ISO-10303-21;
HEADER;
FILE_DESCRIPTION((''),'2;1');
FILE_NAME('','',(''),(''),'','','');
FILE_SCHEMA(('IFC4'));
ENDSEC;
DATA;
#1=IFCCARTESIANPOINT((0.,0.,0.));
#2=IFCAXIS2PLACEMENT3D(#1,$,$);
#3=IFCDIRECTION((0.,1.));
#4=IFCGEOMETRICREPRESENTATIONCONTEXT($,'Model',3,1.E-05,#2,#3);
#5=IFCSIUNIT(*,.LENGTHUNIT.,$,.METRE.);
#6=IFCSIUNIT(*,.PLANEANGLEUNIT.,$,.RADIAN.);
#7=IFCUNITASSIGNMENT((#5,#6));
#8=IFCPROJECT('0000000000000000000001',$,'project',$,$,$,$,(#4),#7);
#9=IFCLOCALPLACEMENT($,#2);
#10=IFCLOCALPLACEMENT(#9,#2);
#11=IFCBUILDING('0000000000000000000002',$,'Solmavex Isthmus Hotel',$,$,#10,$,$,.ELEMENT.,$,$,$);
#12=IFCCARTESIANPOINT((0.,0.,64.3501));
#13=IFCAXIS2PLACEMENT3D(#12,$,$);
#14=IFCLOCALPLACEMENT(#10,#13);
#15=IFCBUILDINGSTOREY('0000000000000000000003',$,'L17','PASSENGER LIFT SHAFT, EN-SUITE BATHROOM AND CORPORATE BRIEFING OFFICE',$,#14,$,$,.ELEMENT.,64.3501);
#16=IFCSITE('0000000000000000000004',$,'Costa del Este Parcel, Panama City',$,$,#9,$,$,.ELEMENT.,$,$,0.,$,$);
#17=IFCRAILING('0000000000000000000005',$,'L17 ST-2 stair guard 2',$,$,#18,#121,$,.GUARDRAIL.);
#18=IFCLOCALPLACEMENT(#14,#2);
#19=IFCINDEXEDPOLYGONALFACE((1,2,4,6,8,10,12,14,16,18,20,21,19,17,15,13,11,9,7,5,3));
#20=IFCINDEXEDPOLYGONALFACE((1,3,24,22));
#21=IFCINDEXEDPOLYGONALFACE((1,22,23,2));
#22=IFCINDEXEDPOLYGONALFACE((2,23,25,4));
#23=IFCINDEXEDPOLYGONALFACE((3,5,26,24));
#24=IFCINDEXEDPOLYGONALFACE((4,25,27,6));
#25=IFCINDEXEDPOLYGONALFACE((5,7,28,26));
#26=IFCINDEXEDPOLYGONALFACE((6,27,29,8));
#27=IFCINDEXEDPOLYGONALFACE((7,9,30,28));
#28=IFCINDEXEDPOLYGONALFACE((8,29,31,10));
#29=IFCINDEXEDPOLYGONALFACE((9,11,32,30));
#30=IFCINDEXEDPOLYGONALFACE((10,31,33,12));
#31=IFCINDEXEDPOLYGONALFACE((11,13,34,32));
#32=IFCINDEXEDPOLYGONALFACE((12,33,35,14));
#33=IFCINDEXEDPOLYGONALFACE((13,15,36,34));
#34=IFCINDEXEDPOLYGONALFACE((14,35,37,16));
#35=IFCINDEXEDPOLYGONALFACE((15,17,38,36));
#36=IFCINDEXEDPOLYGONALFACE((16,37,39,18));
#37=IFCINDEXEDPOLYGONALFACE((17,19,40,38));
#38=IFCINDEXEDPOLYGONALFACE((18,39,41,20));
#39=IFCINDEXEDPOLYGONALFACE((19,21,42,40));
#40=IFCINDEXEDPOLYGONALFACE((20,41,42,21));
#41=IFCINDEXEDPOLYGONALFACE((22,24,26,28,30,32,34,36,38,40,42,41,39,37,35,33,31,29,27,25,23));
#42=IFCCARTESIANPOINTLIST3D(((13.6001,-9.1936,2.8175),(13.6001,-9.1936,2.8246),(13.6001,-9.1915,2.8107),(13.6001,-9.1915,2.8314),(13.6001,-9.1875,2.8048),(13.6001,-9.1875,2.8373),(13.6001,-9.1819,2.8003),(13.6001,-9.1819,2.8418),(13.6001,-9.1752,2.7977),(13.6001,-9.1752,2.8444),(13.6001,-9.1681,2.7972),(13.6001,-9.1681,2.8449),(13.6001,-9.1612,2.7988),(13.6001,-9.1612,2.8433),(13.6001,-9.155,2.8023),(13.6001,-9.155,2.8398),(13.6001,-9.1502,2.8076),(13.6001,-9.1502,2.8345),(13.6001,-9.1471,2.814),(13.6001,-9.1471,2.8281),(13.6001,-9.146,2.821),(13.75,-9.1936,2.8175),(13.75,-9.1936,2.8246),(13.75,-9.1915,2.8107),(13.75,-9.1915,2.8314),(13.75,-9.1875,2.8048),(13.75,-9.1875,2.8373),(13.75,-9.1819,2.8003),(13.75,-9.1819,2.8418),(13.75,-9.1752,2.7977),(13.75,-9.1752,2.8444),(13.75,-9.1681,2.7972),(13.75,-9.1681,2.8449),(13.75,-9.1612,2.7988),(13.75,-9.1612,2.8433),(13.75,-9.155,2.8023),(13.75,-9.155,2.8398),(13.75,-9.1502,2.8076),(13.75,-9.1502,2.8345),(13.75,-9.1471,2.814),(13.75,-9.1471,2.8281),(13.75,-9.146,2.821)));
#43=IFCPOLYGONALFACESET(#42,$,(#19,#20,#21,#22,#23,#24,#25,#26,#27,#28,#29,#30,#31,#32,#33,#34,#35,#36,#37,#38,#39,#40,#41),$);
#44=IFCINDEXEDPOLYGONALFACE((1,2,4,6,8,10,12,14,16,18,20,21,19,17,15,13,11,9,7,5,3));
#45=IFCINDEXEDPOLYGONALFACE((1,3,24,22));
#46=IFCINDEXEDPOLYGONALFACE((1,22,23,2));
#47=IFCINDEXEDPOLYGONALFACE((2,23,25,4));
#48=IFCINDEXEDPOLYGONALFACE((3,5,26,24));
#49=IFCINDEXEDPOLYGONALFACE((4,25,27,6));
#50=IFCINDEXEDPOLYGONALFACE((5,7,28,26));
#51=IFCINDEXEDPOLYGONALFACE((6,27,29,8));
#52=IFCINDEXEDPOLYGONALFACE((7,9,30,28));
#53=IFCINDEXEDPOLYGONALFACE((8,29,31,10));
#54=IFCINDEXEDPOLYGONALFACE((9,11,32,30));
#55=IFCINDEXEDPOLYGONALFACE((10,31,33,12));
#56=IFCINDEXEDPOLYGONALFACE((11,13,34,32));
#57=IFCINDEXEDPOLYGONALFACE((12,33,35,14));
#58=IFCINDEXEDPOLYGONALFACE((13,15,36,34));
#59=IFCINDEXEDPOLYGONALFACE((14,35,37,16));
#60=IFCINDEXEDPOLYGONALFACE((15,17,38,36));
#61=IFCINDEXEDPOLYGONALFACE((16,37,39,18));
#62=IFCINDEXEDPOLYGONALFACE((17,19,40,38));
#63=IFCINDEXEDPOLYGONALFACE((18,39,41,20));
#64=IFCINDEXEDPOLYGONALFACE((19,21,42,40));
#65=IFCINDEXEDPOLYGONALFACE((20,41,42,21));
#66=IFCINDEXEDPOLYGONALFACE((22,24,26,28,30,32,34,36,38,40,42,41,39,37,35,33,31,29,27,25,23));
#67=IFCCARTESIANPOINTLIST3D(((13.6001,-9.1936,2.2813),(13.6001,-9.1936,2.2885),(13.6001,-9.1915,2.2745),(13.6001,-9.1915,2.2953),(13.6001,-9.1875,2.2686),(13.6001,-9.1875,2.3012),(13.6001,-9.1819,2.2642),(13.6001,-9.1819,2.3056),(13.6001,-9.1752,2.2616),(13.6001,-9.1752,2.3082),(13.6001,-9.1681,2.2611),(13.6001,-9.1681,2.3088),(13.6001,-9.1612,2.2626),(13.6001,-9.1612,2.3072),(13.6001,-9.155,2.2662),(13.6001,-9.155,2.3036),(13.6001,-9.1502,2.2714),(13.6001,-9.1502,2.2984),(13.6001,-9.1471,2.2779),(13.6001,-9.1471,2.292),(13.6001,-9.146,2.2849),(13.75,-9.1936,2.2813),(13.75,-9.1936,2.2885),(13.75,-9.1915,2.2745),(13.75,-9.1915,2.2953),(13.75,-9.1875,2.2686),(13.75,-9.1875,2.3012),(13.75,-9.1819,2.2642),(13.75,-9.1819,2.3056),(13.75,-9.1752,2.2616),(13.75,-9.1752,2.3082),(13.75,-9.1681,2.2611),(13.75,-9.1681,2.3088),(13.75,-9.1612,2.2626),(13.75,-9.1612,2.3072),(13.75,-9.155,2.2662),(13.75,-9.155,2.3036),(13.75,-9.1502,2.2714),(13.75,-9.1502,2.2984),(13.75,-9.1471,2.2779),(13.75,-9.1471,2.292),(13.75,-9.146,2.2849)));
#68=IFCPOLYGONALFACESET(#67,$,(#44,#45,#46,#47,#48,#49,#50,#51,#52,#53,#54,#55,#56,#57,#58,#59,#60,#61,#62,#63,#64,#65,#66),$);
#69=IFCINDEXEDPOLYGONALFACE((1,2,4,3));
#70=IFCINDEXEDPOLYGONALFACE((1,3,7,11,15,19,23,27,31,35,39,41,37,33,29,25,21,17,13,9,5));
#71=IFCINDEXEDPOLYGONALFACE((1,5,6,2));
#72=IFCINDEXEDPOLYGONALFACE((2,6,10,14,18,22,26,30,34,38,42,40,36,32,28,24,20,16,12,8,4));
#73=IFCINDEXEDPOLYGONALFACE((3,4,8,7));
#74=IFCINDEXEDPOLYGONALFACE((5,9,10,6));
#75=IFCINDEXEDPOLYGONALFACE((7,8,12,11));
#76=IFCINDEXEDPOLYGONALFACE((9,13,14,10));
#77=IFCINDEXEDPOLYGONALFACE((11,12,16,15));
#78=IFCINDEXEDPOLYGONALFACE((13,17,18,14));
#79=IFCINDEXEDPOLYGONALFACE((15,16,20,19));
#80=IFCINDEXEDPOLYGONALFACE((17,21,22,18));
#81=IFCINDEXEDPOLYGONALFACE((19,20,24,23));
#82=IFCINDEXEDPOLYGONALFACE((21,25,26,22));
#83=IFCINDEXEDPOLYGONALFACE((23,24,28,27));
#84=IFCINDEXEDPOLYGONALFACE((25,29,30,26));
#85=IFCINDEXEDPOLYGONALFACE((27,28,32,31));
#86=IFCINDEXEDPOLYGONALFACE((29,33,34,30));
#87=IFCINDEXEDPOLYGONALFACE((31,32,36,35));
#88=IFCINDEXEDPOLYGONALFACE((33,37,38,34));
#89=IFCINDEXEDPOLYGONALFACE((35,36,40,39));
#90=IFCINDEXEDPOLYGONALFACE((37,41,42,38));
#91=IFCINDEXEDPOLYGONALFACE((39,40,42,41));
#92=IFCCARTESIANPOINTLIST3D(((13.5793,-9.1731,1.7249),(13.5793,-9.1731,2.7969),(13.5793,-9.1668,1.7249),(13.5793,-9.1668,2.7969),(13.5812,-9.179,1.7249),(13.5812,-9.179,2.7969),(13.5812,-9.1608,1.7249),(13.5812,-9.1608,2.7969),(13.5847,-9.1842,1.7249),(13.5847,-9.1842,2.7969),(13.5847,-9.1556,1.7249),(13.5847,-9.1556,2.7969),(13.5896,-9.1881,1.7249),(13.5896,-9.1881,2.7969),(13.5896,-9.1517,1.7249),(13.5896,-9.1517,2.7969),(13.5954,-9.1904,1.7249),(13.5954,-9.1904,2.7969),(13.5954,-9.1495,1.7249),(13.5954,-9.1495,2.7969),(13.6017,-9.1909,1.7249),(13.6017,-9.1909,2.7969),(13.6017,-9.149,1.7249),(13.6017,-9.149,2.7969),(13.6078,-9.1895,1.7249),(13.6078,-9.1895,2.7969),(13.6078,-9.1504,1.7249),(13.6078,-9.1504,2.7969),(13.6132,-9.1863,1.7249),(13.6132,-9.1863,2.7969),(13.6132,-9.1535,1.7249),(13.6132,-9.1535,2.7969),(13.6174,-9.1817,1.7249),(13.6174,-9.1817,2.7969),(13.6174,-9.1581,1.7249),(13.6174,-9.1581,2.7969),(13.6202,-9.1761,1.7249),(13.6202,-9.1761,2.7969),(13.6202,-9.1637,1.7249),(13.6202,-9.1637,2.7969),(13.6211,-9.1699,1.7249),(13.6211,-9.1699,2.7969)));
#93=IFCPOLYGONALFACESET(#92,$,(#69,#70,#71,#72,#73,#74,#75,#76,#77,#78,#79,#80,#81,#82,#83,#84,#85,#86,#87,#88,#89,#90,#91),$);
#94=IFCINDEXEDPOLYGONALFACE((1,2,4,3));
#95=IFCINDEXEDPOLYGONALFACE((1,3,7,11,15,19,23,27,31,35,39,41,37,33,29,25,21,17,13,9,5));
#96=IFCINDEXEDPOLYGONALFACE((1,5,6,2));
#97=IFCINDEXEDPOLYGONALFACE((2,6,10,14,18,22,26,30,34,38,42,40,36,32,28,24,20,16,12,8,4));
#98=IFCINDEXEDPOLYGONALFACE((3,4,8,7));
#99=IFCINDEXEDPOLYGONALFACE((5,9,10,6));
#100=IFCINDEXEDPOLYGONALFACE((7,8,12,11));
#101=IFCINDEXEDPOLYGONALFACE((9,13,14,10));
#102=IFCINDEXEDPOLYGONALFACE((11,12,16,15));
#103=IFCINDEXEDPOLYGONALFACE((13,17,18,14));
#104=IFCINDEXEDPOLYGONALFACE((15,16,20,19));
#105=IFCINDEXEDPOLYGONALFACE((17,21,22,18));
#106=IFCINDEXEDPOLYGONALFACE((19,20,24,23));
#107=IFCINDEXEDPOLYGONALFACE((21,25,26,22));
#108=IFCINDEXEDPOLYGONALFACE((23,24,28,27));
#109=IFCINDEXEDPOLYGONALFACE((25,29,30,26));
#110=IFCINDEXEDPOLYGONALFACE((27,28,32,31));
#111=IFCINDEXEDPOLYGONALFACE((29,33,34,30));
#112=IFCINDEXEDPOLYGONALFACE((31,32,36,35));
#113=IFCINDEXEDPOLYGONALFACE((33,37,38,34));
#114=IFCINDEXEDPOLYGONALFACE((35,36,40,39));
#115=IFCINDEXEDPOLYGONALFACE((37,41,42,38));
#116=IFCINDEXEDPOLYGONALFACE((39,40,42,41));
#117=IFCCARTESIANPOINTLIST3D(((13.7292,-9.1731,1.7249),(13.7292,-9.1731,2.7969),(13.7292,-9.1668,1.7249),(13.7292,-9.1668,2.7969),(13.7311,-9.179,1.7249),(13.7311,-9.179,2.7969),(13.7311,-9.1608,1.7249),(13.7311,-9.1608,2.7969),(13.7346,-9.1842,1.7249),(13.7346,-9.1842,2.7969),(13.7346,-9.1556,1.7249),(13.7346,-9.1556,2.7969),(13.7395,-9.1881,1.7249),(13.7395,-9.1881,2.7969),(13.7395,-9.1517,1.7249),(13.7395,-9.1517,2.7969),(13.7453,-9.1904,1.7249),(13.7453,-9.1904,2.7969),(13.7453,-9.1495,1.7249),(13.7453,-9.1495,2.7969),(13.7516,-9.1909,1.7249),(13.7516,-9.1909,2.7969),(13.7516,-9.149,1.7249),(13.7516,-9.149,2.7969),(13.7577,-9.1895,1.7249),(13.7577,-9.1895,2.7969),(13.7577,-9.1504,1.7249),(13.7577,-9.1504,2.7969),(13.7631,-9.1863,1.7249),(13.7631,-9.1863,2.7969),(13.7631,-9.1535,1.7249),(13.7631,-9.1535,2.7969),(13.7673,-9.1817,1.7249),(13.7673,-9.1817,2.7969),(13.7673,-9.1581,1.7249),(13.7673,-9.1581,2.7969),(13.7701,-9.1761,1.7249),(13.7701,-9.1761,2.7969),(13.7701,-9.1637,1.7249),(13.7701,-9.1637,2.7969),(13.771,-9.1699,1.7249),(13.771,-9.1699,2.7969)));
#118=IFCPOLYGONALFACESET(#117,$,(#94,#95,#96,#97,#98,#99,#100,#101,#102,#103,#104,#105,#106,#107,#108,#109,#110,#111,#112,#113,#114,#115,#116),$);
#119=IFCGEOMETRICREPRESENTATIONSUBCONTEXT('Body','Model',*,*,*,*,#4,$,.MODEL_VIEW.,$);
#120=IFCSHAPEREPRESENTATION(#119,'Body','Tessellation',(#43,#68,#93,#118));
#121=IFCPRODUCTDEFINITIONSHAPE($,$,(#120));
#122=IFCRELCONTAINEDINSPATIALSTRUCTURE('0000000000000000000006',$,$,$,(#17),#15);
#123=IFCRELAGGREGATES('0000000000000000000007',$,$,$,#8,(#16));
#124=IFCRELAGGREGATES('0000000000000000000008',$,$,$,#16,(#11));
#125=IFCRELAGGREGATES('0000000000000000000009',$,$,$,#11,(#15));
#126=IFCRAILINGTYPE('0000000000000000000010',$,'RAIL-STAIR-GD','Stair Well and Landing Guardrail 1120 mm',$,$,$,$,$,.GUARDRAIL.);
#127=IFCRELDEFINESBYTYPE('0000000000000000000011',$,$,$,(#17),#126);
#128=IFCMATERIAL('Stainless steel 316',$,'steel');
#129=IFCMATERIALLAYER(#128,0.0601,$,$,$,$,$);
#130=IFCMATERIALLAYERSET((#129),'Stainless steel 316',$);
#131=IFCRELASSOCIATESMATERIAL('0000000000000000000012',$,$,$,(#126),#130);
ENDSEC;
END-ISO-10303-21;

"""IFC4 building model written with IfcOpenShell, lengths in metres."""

from ifc_helpers import new_model, si_unit, direction, frame, origin, origin_2d, place, context, subcontext, project, spatial, circle, extrude, material, layer, layer_set, type_object, element, save


model = new_model("IFC4")

# Units and contexts
model_context = context("Model", 3, precision=1e-05, world=origin(), true_north=direction((0.0, 1.0)))
body_context = subcontext(model_context, "Body", "Model", "MODEL_VIEW")
ifc_project = project(units=[si_unit("LENGTHUNIT", "METRE"), si_unit("PLANEANGLEUNIT", "RADIAN")], contexts=[model_context])

# Site, building, storey
site_placement = place(None, origin())
site = spatial("IfcSite", under=ifc_project, at=site_placement, Name="Costa del Este Parcel, Panama City", CompositionType="ELEMENT", RefElevation=0.0)
building_placement = place(site_placement, origin())
building = spatial("IfcBuilding", under=site, at=building_placement, Name="Solmavex Isthmus Hotel", CompositionType="ELEMENT")
storey_placement = place(building_placement, frame((0.0, 0.0, 64.3501)))
storey = spatial("IfcBuildingStorey", under=building, at=storey_placement, Name="L17", Description="PASSENGER LIFT SHAFT, EN-SUITE BATHROOM AND CORPORATE BRIEFING OFFICE", CompositionType="ELEMENT", Elevation=64.3501)

# Railing
ifc_material_1 = material(Name="Stainless steel 316", Category="steel")
ifc_layer_1 = layer(ifc_material_1, 0.0601)
ifc_layer_set_1 = layer_set([ifc_layer_1], Name="Stainless steel 316")
railing_type_1 = type_object("IfcRailingType", Name="RAIL-STAIR-GD", Description="Stair Well and Landing Guardrail 1120 mm", PredefinedType="GUARDRAIL", material=ifc_layer_set_1)
railing_1_placement = place(storey_placement, frame((13.6001, -9.1699, 1.7249)))
element("IfcRailing", 1, at=railing_1_placement, inside=storey, type_object=railing_type_1, Name="L17 ST-2 stair guard 2", PredefinedType="GUARDRAIL", context=body_context, shape_type="SweptSolid", body=[
    extrude(circle(Radius=0.0239, at=origin_2d()), frame((0.0, 0.0, 1.0962), z_axis=(1.0, 0.0, 0.0), x_axis=(0.0, 1.0, 0.0)), (0.0, 0.0, 1.0), 0.1499),
    extrude(circle(Radius=0.0239, at=origin_2d()), frame((0.0, 0.0, 0.5601), z_axis=(1.0, 0.0, 0.0), x_axis=(0.0, 1.0, 0.0)), (0.0, 0.0, 1.0), 0.1499),
    extrude(circle(Radius=0.021, at=origin_2d()), origin(), (0.0, 0.0, 1.0), 1.072),
    extrude(circle(Radius=0.021, at=origin_2d()), frame((0.1499, 0.0, 0.0)), (0.0, 0.0, 1.0), 1.072),
])

save(model, "model.ifc")
